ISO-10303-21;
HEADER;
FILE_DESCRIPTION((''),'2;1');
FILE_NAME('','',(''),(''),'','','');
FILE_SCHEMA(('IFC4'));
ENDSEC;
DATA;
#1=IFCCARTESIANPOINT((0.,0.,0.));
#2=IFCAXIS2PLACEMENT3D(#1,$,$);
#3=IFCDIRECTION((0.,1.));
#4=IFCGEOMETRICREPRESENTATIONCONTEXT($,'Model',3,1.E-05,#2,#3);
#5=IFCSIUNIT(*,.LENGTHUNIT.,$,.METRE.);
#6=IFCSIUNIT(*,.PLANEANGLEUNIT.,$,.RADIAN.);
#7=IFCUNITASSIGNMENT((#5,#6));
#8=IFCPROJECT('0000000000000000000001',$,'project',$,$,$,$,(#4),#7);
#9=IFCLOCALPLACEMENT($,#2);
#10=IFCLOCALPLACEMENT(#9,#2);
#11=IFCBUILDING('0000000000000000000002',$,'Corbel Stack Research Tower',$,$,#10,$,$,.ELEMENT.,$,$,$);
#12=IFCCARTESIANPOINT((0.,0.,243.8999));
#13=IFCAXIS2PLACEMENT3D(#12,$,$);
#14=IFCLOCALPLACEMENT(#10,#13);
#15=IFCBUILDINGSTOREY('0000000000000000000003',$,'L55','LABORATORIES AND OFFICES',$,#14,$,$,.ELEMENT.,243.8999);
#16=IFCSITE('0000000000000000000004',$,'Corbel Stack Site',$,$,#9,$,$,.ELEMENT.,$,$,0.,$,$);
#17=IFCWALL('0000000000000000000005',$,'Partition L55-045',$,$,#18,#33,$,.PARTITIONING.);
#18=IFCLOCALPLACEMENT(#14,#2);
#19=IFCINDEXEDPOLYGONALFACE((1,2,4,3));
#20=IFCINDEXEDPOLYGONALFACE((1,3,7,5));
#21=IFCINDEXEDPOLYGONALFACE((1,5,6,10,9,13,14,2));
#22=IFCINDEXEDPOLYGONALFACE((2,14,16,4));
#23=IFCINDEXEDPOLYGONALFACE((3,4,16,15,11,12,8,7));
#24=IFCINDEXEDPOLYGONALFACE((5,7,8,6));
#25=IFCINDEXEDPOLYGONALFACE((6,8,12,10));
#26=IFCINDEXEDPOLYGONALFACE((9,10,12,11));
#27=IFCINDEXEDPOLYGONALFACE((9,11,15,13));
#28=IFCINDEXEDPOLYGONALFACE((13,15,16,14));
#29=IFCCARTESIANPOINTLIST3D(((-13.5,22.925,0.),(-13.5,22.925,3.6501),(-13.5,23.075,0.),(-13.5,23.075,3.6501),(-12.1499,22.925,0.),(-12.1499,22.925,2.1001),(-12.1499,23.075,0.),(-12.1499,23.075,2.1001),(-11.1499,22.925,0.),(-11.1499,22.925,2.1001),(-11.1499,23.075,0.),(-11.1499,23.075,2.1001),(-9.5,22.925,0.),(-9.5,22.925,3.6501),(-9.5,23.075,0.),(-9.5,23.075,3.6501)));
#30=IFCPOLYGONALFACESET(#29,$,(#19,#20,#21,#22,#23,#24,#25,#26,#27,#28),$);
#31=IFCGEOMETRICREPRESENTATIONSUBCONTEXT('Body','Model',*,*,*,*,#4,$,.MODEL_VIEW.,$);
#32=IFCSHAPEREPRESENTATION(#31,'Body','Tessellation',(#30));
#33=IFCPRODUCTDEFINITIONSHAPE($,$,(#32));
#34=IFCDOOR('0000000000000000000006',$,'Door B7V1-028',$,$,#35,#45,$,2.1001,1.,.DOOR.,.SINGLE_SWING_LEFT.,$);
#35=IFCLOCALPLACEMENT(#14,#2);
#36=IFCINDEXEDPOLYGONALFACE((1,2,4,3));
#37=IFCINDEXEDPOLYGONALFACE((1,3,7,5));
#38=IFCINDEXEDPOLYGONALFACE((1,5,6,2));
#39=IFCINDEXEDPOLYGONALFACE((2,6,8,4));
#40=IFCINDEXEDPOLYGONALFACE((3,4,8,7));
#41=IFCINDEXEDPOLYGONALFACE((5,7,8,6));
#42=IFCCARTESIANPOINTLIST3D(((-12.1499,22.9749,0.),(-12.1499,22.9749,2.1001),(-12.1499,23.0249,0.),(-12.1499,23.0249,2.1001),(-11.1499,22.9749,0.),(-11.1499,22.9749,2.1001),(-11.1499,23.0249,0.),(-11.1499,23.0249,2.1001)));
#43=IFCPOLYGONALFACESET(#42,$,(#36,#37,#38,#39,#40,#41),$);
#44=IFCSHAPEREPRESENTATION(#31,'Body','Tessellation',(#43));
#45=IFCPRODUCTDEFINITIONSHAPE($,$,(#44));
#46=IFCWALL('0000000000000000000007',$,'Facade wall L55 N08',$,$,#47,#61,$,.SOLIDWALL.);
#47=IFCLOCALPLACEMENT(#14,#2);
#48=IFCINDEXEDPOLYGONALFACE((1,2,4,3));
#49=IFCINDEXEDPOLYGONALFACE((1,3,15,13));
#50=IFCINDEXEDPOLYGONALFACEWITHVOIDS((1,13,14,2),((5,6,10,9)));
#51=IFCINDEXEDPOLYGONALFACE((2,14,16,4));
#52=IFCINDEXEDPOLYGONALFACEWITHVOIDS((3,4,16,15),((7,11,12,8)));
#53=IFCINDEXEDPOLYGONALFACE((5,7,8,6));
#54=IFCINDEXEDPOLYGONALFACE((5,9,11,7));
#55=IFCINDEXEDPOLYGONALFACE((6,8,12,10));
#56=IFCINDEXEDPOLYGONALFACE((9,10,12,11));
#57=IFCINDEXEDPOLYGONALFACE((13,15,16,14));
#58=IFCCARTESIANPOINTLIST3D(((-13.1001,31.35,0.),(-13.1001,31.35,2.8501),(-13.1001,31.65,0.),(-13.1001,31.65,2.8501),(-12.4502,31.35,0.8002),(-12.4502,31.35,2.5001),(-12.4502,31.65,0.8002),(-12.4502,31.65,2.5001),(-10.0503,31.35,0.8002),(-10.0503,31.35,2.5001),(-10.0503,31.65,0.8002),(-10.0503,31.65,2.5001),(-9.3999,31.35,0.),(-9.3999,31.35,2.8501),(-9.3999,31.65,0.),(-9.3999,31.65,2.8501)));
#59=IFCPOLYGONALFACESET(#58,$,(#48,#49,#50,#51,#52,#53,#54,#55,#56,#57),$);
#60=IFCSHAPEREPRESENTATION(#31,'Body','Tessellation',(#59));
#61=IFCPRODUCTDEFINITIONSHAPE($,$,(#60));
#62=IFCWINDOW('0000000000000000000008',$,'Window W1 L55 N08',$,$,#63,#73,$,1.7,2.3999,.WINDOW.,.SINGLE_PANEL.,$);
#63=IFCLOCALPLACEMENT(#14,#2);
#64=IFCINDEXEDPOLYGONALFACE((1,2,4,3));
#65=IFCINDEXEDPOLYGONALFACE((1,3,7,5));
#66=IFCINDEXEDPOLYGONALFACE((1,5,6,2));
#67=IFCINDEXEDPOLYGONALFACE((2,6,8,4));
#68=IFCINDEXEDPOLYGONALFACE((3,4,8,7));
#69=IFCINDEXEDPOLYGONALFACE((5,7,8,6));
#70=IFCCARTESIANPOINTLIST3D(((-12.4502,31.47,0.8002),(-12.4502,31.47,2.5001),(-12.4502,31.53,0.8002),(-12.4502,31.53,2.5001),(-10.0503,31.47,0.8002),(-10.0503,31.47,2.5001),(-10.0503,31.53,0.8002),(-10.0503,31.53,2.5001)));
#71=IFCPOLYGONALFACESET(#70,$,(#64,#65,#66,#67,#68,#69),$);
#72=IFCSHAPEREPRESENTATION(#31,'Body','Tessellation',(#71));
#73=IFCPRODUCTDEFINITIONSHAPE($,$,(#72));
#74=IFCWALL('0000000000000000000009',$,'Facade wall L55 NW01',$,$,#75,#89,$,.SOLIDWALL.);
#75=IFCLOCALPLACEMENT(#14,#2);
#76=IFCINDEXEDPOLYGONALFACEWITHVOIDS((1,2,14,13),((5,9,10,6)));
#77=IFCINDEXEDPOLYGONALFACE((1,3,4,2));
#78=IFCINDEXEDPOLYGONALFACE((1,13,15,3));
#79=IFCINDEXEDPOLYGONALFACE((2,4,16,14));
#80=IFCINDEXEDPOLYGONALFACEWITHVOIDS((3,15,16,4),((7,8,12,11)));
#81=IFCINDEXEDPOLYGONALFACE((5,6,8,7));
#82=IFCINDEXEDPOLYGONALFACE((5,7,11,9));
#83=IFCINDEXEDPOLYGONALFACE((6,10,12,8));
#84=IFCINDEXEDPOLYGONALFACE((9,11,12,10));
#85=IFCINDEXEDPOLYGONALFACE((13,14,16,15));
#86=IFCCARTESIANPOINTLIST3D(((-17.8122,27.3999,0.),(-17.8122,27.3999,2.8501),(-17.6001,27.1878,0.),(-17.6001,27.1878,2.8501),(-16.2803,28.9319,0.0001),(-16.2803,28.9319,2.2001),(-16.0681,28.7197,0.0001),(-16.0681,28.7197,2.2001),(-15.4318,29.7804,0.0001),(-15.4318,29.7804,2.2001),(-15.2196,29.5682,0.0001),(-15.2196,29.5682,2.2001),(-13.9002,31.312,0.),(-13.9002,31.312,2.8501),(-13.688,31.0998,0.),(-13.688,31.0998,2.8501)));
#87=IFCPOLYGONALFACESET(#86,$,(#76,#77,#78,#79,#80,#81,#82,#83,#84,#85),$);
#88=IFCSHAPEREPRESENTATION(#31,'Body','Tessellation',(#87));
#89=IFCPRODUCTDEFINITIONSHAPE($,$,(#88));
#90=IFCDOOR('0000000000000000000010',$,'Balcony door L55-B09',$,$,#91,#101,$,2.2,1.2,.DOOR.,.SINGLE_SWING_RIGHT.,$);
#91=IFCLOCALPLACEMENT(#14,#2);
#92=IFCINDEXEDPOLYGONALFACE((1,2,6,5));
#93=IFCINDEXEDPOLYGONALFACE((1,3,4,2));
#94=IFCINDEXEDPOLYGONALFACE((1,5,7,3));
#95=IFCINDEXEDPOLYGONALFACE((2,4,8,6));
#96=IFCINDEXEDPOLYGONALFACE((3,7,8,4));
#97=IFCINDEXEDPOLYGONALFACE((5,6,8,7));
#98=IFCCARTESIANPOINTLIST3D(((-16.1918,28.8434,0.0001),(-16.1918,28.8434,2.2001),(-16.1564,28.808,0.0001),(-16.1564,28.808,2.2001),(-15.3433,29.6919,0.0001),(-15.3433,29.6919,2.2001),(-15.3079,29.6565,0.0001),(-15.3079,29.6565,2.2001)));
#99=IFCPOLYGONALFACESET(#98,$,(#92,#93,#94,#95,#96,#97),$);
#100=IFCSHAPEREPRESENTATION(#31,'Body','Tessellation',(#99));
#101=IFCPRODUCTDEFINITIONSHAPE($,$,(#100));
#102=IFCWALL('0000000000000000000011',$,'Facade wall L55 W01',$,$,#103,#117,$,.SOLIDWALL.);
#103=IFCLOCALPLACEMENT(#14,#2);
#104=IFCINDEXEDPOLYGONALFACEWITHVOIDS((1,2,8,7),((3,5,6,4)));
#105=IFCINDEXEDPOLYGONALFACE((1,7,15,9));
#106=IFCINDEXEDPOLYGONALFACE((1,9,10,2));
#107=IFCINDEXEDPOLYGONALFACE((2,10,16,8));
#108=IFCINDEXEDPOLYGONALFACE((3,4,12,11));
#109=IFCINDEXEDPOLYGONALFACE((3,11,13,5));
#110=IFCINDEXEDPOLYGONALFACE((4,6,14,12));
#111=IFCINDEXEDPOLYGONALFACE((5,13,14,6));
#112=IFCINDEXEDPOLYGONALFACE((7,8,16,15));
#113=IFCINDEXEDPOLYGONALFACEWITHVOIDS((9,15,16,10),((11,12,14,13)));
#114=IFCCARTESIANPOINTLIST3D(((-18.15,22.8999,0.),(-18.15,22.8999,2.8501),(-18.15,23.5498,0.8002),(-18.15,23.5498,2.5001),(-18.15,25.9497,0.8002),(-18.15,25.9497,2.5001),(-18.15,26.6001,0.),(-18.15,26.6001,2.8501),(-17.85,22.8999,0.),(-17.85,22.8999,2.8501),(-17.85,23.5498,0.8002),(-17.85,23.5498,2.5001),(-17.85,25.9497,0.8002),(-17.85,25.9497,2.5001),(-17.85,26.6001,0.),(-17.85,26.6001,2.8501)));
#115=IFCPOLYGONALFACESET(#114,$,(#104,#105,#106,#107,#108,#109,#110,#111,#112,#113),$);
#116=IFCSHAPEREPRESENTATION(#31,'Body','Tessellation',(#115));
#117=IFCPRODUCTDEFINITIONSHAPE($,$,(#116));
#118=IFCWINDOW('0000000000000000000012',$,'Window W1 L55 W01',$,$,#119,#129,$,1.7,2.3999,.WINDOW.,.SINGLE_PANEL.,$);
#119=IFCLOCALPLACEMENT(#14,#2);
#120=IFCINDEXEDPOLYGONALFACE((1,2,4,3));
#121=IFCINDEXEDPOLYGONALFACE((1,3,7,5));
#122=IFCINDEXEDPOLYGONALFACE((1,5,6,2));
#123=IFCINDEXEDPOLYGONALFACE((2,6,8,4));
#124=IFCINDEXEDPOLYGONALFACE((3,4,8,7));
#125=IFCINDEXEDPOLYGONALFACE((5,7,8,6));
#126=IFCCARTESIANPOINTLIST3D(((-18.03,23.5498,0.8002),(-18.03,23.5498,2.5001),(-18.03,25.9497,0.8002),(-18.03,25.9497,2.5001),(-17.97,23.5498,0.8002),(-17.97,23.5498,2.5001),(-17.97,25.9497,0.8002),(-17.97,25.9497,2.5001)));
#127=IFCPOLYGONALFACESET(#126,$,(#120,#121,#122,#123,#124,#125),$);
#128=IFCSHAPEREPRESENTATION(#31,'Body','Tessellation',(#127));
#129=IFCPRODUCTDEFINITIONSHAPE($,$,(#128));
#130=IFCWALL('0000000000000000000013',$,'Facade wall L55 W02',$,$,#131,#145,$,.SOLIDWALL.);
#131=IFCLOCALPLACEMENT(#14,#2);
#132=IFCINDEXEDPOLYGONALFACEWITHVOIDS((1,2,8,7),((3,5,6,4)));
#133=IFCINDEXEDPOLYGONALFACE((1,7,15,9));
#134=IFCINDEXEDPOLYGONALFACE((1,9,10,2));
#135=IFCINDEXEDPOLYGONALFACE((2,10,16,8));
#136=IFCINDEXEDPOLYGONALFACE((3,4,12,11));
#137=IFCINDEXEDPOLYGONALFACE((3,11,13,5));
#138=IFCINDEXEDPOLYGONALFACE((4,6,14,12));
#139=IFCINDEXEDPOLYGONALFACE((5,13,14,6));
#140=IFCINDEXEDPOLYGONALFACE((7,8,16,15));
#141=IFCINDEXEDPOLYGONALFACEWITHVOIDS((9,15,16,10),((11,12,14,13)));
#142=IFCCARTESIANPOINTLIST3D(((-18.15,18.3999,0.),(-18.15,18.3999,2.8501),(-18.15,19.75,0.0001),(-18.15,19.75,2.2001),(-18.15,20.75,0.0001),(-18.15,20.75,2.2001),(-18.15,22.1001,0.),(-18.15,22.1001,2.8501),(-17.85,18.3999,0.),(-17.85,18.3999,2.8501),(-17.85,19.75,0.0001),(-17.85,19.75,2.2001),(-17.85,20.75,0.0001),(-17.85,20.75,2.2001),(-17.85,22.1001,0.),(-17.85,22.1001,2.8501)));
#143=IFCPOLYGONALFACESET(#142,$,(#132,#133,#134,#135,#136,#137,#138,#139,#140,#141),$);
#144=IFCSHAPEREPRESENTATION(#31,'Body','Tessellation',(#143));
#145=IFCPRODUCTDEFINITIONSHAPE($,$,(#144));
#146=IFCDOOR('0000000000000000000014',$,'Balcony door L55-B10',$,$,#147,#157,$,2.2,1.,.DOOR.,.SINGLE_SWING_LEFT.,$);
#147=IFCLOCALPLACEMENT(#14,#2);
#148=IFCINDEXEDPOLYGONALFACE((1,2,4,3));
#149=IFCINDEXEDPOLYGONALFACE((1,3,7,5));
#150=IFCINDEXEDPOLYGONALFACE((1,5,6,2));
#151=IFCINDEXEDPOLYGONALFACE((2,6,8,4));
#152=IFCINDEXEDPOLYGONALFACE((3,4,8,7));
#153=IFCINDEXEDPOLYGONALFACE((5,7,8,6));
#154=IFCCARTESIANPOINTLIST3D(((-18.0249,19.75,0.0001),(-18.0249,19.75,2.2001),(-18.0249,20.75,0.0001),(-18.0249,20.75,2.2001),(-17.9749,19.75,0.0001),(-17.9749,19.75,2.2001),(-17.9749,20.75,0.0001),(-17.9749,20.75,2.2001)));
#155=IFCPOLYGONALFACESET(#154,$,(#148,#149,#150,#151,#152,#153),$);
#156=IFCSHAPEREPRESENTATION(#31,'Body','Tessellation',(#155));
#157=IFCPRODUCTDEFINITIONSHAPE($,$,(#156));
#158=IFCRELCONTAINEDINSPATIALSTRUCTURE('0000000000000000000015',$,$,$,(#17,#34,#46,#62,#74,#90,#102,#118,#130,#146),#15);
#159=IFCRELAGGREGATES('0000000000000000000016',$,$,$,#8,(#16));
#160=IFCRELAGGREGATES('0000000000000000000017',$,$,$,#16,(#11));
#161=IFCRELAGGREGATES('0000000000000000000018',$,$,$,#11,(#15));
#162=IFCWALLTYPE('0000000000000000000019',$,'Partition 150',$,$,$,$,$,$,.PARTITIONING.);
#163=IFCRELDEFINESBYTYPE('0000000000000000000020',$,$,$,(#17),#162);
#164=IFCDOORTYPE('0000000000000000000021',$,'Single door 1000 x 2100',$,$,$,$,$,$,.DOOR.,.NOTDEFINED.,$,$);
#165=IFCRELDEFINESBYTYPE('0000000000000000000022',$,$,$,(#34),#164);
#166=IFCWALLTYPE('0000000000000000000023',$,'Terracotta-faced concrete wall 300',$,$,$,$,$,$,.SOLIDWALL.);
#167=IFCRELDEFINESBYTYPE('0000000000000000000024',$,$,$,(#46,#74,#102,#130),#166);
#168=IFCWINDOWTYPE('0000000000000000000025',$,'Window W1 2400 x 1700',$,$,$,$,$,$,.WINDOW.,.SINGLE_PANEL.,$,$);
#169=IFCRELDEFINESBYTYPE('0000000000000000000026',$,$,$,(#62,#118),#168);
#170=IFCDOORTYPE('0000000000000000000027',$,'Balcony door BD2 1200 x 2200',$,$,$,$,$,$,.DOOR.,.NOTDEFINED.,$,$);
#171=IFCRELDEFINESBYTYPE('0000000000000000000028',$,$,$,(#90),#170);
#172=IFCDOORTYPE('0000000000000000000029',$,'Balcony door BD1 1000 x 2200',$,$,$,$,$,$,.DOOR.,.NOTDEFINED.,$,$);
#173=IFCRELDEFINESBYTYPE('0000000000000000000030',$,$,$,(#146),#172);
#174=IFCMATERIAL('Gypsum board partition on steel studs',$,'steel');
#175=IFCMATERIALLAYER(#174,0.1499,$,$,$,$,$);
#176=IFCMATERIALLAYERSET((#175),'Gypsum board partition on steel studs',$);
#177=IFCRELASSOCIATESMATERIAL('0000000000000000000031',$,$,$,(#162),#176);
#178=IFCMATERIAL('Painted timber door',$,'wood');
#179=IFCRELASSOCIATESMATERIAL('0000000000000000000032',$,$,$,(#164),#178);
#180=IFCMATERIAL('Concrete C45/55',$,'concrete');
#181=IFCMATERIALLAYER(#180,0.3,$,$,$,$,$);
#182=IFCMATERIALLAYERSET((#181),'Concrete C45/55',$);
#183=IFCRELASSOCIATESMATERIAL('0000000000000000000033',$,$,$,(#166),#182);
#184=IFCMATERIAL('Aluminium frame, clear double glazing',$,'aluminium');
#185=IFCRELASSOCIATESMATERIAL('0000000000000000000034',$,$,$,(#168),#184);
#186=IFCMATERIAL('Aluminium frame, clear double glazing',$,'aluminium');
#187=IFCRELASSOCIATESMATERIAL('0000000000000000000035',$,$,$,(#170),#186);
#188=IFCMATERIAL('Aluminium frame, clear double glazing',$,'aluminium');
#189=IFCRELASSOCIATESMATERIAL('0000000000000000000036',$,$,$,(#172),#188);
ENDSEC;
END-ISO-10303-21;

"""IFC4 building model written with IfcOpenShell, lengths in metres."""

from ifc_helpers import new_model, si_unit, direction, frame, frame_2d, origin, place, context, subcontext, project, spatial, rectangle, extrude, material, layer, layer_set, type_object, element, fill, save


model = new_model("IFC4")

# Units and contexts
model_context = context("Model", 3, precision=1e-05, world=origin(), true_north=direction((0.0, 1.0)))
body_context = subcontext(model_context, "Body", "Model", "MODEL_VIEW")
ifc_project = project(units=[si_unit("LENGTHUNIT", "METRE"), si_unit("PLANEANGLEUNIT", "RADIAN")], contexts=[model_context])

# Site, building, storey
site_placement = place(None, origin())
site = spatial("IfcSite", under=ifc_project, at=site_placement, Name="Corbel Stack Site", CompositionType="ELEMENT", RefElevation=0.0)
building_placement = place(site_placement, origin())
building = spatial("IfcBuilding", under=site, at=building_placement, Name="Corbel Stack Research Tower", CompositionType="ELEMENT")
storey_placement = place(building_placement, frame((0.0, 0.0, 243.8999)))
storey = spatial("IfcBuildingStorey", under=building, at=storey_placement, Name="L55", Description="LABORATORIES AND OFFICES", CompositionType="ELEMENT", Elevation=243.8999)

# Wall, opening, door
ifc_material_1 = material(Name="Gypsum board partition on steel studs", Category="steel")
ifc_layer_1 = layer(ifc_material_1, 0.1499)
ifc_layer_set_1 = layer_set([ifc_layer_1], Name="Gypsum board partition on steel studs")
wall_type_1 = type_object("IfcWallType", Name="Partition 150", PredefinedType="PARTITIONING", material=ifc_layer_set_1)
ifc_material_2 = material(Name="Painted timber door", Category="wood")
door_type_1 = type_object("IfcDoorType", Name="Single door 1000 x 2100", OperationType="NOTDEFINED", PredefinedType="DOOR", material=ifc_material_2)
wall_1_placement = place(storey_placement, frame((-13.5, 23.0, 0.0), z_axis=(0.0, 0.0, 1.0), x_axis=(1.0, 0.0, 0.0)))
wall_1 = element("IfcWall", 1, at=wall_1_placement, inside=storey, type_object=wall_type_1, Name="Partition L55-045", PredefinedType="PARTITIONING", context=body_context, shape_type="SweptSolid", body=[
    extrude(rectangle(XDim=4.0, YDim=0.1499, at=frame_2d((2.0, 0.0))), origin(), (0.0, 0.0, 1.0), 3.6501),
])
opening_1_placement = place(wall_1_placement, frame((1.3501, 0.0, 0.0)))
opening_1 = element("IfcOpeningElement", 2, at=opening_1_placement, cuts=wall_1, PredefinedType="OPENING", context=body_context, shape_type="SweptSolid", body=[
    extrude(rectangle(XDim=1.0, YDim=2.1001, at=frame_2d((0.5, 1.05))), frame((0.0, 0.085, 0.0), z_axis=(0.0, -1.0, 0.0), x_axis=(1.0, 0.0, 0.0)), (0.0, 0.0, 1.0), 0.1699),
])
door_1_placement = place(opening_1_placement, origin())
door_1 = element("IfcDoor", 3, at=door_1_placement, inside=storey, type_object=door_type_1, Name="Door B7V1-028", OperationType="SINGLE_SWING_LEFT", OverallHeight=2.1001, OverallWidth=1.0, PredefinedType="DOOR", context=body_context, shape_type="SweptSolid", body=[
    extrude(rectangle(XDim=1.0, YDim=2.1001, at=frame_2d((0.5, 1.05))), frame((0.0, 0.0249, 0.0), z_axis=(0.0, -1.0, 0.0), x_axis=(1.0, 0.0, 0.0)), (0.0, 0.0, 1.0), 0.05),
])
fill(opening_1, door_1)

# Wall, opening, window
ifc_material_3 = material(Name="Concrete C45/55", Category="concrete")
ifc_layer_2 = layer(ifc_material_3, 0.3)
ifc_layer_set_2 = layer_set([ifc_layer_2], Name="Concrete C45/55")
wall_type_2 = type_object("IfcWallType", Name="Terracotta-faced concrete wall 300", PredefinedType="SOLIDWALL", material=ifc_layer_set_2)
wall_2_placement = place(storey_placement, frame((-13.1001, 31.5, 0.0), z_axis=(0.0, 0.0, 1.0), x_axis=(1.0, 0.0, 0.0)))
wall_2 = element("IfcWall", 4, at=wall_2_placement, inside=storey, type_object=wall_type_2, Name="Facade wall L55 N08", PredefinedType="SOLIDWALL", context=body_context, shape_type="SweptSolid", body=[
    extrude(rectangle(XDim=3.7002, YDim=0.3, at=frame_2d((1.8501, 0.0))), origin(), (0.0, 0.0, 1.0), 2.8501),
])
opening_2_placement = place(wall_2_placement, frame((0.6499, 0.0, 0.8)))
opening_2 = element("IfcOpeningElement", 5, at=opening_2_placement, cuts=wall_2, PredefinedType="OPENING", context=body_context, shape_type="SweptSolid", body=[
    extrude(rectangle(XDim=2.3999, YDim=1.7, at=frame_2d((1.2, 0.8501))), frame((0.0, 0.1599, 0.0), z_axis=(0.0, -1.0, 0.0), x_axis=(1.0, 0.0, 0.0)), (0.0, 0.0, 1.0), 0.3201),
])
ifc_material_4 = material(Name="Aluminium frame, clear double glazing", Category="aluminium")
window_type = type_object("IfcWindowType", Name="Window W1 2400 x 1700", PartitioningType="SINGLE_PANEL", PredefinedType="WINDOW", material=ifc_material_4)
window_1_placement = place(opening_2_placement, origin())
window_1 = element("IfcWindow", 6, at=window_1_placement, inside=storey, type_object=window_type, Name="Window W1 L55 N08", OverallHeight=1.7, OverallWidth=2.3999, PartitioningType="SINGLE_PANEL", PredefinedType="WINDOW", context=body_context, shape_type="SweptSolid", body=[
    extrude(rectangle(XDim=2.3999, YDim=1.7, at=frame_2d((1.2, 0.8501))), frame((0.0, 0.03, 0.0), z_axis=(0.0, -1.0, 0.0), x_axis=(1.0, 0.0, 0.0)), (0.0, 0.0, 1.0), 0.0601),
])
fill(opening_2, window_1)

# Wall, opening, door
wall_3_placement = place(storey_placement, frame((-17.7061, 27.2939, 0.0), z_axis=(0.0, 0.0, 1.0), x_axis=(0.707107, 0.707107, 0.0)))
wall_3 = element("IfcWall", 7, at=wall_3_placement, inside=storey, type_object=wall_type_2, Name="Facade wall L55 NW01", PredefinedType="SOLIDWALL", context=body_context, shape_type="SweptSolid", body=[
    extrude(rectangle(XDim=5.5325, YDim=0.3, at=frame_2d((2.7661, 0.0))), origin(), (0.0, 0.0, 1.0), 2.8501),
])
opening_3_placement = place(wall_3_placement, frame((2.1663, 0.0, 0.0)))
opening_3 = element("IfcOpeningElement", 8, at=opening_3_placement, cuts=wall_3, PredefinedType="OPENING", context=body_context, shape_type="SweptSolid", body=[
    extrude(rectangle(XDim=1.2, YDim=2.2, at=frame_2d((0.6001, 1.1001))), frame((0.0, 0.1599, 0.0), z_axis=(0.0, -1.0, 0.0), x_axis=(1.0, 0.0, 0.0)), (0.0, 0.0, 1.0), 0.3201),
])
ifc_material_5 = material(Name="Aluminium frame, clear double glazing", Category="aluminium")
door_type_2 = type_object("IfcDoorType", Name="Balcony door BD2 1200 x 2200", OperationType="NOTDEFINED", PredefinedType="DOOR", material=ifc_material_5)
door_2_placement = place(opening_3_placement, origin())
door_2 = element("IfcDoor", 9, at=door_2_placement, inside=storey, type_object=door_type_2, Name="Balcony door L55-B09", OperationType="SINGLE_SWING_RIGHT", OverallHeight=2.2, OverallWidth=1.2, PredefinedType="DOOR", context=body_context, shape_type="SweptSolid", body=[
    extrude(rectangle(XDim=1.2, YDim=2.2, at=frame_2d((0.6001, 1.1001))), frame((0.0, 0.0249, 0.0), z_axis=(0.0, -1.0, 0.0), x_axis=(1.0, 0.0, 0.0)), (0.0, 0.0, 1.0), 0.05),
])
fill(opening_3, door_2)

# Wall, opening, window
wall_4_placement = place(storey_placement, frame((-18.0, 22.8999, 0.0), z_axis=(0.0, 0.0, 1.0), x_axis=(0.0, 1.0, 0.0)))
wall_4 = element("IfcWall", 10, at=wall_4_placement, inside=storey, type_object=wall_type_2, Name="Facade wall L55 W01", PredefinedType="SOLIDWALL", context=body_context, shape_type="SweptSolid", body=[
    extrude(rectangle(XDim=3.7002, YDim=0.3, at=frame_2d((1.8501, 0.0))), origin(), (0.0, 0.0, 1.0), 2.8501),
])
opening_4_placement = place(wall_4_placement, frame((0.6499, 0.0, 0.8)))
opening_4 = element("IfcOpeningElement", 11, at=opening_4_placement, cuts=wall_4, PredefinedType="OPENING", context=body_context, shape_type="SweptSolid", body=[
    extrude(rectangle(XDim=2.3999, YDim=1.7, at=frame_2d((1.2, 0.8501))), frame((0.0, 0.1599, 0.0), z_axis=(0.0, -1.0, 0.0), x_axis=(1.0, 0.0, 0.0)), (0.0, 0.0, 1.0), 0.3201),
])
window_2_placement = place(opening_4_placement, origin())
window_2 = element("IfcWindow", 12, at=window_2_placement, inside=storey, type_object=window_type, Name="Window W1 L55 W01", OverallHeight=1.7, OverallWidth=2.3999, PartitioningType="SINGLE_PANEL", PredefinedType="WINDOW", context=body_context, shape_type="SweptSolid", body=[
    extrude(rectangle(XDim=2.3999, YDim=1.7, at=frame_2d((1.2, 0.8501))), frame((0.0, 0.03, 0.0), z_axis=(0.0, -1.0, 0.0), x_axis=(1.0, 0.0, 0.0)), (0.0, 0.0, 1.0), 0.0601),
])
fill(opening_4, window_2)

# Wall, opening, door
wall_5_placement = place(storey_placement, frame((-18.0, 18.3999, 0.0), z_axis=(0.0, 0.0, 1.0), x_axis=(0.0, 1.0, 0.0)))
wall_5 = element("IfcWall", 13, at=wall_5_placement, inside=storey, type_object=wall_type_2, Name="Facade wall L55 W02", PredefinedType="SOLIDWALL", context=body_context, shape_type="SweptSolid", body=[
    extrude(rectangle(XDim=3.7002, YDim=0.3, at=frame_2d((1.8501, 0.0))), origin(), (0.0, 0.0, 1.0), 2.8501),
])
opening_5_placement = place(wall_5_placement, frame((1.3501, 0.0, 0.0)))
opening_5 = element("IfcOpeningElement", 14, at=opening_5_placement, cuts=wall_5, PredefinedType="OPENING", context=body_context, shape_type="SweptSolid", body=[
    extrude(rectangle(XDim=1.0, YDim=2.2, at=frame_2d((0.5, 1.1001))), frame((0.0, 0.1599, 0.0), z_axis=(0.0, -1.0, 0.0), x_axis=(1.0, 0.0, 0.0)), (0.0, 0.0, 1.0), 0.3201),
])
ifc_material_6 = material(Name="Aluminium frame, clear double glazing", Category="aluminium")
door_type_3 = type_object("IfcDoorType", Name="Balcony door BD1 1000 x 2200", OperationType="NOTDEFINED", PredefinedType="DOOR", material=ifc_material_6)
door_3_placement = place(opening_5_placement, origin())
door_3 = element("IfcDoor", 15, at=door_3_placement, inside=storey, type_object=door_type_3, Name="Balcony door L55-B10", OperationType="SINGLE_SWING_LEFT", OverallHeight=2.2, OverallWidth=1.0, PredefinedType="DOOR", context=body_context, shape_type="SweptSolid", body=[
    extrude(rectangle(XDim=1.0, YDim=2.2, at=frame_2d((0.5, 1.1001))), frame((0.0, 0.0249, 0.0), z_axis=(0.0, -1.0, 0.0), x_axis=(1.0, 0.0, 0.0)), (0.0, 0.0, 1.0), 0.05),
])
fill(opening_5, door_3)

save(model, "model.ifc")
